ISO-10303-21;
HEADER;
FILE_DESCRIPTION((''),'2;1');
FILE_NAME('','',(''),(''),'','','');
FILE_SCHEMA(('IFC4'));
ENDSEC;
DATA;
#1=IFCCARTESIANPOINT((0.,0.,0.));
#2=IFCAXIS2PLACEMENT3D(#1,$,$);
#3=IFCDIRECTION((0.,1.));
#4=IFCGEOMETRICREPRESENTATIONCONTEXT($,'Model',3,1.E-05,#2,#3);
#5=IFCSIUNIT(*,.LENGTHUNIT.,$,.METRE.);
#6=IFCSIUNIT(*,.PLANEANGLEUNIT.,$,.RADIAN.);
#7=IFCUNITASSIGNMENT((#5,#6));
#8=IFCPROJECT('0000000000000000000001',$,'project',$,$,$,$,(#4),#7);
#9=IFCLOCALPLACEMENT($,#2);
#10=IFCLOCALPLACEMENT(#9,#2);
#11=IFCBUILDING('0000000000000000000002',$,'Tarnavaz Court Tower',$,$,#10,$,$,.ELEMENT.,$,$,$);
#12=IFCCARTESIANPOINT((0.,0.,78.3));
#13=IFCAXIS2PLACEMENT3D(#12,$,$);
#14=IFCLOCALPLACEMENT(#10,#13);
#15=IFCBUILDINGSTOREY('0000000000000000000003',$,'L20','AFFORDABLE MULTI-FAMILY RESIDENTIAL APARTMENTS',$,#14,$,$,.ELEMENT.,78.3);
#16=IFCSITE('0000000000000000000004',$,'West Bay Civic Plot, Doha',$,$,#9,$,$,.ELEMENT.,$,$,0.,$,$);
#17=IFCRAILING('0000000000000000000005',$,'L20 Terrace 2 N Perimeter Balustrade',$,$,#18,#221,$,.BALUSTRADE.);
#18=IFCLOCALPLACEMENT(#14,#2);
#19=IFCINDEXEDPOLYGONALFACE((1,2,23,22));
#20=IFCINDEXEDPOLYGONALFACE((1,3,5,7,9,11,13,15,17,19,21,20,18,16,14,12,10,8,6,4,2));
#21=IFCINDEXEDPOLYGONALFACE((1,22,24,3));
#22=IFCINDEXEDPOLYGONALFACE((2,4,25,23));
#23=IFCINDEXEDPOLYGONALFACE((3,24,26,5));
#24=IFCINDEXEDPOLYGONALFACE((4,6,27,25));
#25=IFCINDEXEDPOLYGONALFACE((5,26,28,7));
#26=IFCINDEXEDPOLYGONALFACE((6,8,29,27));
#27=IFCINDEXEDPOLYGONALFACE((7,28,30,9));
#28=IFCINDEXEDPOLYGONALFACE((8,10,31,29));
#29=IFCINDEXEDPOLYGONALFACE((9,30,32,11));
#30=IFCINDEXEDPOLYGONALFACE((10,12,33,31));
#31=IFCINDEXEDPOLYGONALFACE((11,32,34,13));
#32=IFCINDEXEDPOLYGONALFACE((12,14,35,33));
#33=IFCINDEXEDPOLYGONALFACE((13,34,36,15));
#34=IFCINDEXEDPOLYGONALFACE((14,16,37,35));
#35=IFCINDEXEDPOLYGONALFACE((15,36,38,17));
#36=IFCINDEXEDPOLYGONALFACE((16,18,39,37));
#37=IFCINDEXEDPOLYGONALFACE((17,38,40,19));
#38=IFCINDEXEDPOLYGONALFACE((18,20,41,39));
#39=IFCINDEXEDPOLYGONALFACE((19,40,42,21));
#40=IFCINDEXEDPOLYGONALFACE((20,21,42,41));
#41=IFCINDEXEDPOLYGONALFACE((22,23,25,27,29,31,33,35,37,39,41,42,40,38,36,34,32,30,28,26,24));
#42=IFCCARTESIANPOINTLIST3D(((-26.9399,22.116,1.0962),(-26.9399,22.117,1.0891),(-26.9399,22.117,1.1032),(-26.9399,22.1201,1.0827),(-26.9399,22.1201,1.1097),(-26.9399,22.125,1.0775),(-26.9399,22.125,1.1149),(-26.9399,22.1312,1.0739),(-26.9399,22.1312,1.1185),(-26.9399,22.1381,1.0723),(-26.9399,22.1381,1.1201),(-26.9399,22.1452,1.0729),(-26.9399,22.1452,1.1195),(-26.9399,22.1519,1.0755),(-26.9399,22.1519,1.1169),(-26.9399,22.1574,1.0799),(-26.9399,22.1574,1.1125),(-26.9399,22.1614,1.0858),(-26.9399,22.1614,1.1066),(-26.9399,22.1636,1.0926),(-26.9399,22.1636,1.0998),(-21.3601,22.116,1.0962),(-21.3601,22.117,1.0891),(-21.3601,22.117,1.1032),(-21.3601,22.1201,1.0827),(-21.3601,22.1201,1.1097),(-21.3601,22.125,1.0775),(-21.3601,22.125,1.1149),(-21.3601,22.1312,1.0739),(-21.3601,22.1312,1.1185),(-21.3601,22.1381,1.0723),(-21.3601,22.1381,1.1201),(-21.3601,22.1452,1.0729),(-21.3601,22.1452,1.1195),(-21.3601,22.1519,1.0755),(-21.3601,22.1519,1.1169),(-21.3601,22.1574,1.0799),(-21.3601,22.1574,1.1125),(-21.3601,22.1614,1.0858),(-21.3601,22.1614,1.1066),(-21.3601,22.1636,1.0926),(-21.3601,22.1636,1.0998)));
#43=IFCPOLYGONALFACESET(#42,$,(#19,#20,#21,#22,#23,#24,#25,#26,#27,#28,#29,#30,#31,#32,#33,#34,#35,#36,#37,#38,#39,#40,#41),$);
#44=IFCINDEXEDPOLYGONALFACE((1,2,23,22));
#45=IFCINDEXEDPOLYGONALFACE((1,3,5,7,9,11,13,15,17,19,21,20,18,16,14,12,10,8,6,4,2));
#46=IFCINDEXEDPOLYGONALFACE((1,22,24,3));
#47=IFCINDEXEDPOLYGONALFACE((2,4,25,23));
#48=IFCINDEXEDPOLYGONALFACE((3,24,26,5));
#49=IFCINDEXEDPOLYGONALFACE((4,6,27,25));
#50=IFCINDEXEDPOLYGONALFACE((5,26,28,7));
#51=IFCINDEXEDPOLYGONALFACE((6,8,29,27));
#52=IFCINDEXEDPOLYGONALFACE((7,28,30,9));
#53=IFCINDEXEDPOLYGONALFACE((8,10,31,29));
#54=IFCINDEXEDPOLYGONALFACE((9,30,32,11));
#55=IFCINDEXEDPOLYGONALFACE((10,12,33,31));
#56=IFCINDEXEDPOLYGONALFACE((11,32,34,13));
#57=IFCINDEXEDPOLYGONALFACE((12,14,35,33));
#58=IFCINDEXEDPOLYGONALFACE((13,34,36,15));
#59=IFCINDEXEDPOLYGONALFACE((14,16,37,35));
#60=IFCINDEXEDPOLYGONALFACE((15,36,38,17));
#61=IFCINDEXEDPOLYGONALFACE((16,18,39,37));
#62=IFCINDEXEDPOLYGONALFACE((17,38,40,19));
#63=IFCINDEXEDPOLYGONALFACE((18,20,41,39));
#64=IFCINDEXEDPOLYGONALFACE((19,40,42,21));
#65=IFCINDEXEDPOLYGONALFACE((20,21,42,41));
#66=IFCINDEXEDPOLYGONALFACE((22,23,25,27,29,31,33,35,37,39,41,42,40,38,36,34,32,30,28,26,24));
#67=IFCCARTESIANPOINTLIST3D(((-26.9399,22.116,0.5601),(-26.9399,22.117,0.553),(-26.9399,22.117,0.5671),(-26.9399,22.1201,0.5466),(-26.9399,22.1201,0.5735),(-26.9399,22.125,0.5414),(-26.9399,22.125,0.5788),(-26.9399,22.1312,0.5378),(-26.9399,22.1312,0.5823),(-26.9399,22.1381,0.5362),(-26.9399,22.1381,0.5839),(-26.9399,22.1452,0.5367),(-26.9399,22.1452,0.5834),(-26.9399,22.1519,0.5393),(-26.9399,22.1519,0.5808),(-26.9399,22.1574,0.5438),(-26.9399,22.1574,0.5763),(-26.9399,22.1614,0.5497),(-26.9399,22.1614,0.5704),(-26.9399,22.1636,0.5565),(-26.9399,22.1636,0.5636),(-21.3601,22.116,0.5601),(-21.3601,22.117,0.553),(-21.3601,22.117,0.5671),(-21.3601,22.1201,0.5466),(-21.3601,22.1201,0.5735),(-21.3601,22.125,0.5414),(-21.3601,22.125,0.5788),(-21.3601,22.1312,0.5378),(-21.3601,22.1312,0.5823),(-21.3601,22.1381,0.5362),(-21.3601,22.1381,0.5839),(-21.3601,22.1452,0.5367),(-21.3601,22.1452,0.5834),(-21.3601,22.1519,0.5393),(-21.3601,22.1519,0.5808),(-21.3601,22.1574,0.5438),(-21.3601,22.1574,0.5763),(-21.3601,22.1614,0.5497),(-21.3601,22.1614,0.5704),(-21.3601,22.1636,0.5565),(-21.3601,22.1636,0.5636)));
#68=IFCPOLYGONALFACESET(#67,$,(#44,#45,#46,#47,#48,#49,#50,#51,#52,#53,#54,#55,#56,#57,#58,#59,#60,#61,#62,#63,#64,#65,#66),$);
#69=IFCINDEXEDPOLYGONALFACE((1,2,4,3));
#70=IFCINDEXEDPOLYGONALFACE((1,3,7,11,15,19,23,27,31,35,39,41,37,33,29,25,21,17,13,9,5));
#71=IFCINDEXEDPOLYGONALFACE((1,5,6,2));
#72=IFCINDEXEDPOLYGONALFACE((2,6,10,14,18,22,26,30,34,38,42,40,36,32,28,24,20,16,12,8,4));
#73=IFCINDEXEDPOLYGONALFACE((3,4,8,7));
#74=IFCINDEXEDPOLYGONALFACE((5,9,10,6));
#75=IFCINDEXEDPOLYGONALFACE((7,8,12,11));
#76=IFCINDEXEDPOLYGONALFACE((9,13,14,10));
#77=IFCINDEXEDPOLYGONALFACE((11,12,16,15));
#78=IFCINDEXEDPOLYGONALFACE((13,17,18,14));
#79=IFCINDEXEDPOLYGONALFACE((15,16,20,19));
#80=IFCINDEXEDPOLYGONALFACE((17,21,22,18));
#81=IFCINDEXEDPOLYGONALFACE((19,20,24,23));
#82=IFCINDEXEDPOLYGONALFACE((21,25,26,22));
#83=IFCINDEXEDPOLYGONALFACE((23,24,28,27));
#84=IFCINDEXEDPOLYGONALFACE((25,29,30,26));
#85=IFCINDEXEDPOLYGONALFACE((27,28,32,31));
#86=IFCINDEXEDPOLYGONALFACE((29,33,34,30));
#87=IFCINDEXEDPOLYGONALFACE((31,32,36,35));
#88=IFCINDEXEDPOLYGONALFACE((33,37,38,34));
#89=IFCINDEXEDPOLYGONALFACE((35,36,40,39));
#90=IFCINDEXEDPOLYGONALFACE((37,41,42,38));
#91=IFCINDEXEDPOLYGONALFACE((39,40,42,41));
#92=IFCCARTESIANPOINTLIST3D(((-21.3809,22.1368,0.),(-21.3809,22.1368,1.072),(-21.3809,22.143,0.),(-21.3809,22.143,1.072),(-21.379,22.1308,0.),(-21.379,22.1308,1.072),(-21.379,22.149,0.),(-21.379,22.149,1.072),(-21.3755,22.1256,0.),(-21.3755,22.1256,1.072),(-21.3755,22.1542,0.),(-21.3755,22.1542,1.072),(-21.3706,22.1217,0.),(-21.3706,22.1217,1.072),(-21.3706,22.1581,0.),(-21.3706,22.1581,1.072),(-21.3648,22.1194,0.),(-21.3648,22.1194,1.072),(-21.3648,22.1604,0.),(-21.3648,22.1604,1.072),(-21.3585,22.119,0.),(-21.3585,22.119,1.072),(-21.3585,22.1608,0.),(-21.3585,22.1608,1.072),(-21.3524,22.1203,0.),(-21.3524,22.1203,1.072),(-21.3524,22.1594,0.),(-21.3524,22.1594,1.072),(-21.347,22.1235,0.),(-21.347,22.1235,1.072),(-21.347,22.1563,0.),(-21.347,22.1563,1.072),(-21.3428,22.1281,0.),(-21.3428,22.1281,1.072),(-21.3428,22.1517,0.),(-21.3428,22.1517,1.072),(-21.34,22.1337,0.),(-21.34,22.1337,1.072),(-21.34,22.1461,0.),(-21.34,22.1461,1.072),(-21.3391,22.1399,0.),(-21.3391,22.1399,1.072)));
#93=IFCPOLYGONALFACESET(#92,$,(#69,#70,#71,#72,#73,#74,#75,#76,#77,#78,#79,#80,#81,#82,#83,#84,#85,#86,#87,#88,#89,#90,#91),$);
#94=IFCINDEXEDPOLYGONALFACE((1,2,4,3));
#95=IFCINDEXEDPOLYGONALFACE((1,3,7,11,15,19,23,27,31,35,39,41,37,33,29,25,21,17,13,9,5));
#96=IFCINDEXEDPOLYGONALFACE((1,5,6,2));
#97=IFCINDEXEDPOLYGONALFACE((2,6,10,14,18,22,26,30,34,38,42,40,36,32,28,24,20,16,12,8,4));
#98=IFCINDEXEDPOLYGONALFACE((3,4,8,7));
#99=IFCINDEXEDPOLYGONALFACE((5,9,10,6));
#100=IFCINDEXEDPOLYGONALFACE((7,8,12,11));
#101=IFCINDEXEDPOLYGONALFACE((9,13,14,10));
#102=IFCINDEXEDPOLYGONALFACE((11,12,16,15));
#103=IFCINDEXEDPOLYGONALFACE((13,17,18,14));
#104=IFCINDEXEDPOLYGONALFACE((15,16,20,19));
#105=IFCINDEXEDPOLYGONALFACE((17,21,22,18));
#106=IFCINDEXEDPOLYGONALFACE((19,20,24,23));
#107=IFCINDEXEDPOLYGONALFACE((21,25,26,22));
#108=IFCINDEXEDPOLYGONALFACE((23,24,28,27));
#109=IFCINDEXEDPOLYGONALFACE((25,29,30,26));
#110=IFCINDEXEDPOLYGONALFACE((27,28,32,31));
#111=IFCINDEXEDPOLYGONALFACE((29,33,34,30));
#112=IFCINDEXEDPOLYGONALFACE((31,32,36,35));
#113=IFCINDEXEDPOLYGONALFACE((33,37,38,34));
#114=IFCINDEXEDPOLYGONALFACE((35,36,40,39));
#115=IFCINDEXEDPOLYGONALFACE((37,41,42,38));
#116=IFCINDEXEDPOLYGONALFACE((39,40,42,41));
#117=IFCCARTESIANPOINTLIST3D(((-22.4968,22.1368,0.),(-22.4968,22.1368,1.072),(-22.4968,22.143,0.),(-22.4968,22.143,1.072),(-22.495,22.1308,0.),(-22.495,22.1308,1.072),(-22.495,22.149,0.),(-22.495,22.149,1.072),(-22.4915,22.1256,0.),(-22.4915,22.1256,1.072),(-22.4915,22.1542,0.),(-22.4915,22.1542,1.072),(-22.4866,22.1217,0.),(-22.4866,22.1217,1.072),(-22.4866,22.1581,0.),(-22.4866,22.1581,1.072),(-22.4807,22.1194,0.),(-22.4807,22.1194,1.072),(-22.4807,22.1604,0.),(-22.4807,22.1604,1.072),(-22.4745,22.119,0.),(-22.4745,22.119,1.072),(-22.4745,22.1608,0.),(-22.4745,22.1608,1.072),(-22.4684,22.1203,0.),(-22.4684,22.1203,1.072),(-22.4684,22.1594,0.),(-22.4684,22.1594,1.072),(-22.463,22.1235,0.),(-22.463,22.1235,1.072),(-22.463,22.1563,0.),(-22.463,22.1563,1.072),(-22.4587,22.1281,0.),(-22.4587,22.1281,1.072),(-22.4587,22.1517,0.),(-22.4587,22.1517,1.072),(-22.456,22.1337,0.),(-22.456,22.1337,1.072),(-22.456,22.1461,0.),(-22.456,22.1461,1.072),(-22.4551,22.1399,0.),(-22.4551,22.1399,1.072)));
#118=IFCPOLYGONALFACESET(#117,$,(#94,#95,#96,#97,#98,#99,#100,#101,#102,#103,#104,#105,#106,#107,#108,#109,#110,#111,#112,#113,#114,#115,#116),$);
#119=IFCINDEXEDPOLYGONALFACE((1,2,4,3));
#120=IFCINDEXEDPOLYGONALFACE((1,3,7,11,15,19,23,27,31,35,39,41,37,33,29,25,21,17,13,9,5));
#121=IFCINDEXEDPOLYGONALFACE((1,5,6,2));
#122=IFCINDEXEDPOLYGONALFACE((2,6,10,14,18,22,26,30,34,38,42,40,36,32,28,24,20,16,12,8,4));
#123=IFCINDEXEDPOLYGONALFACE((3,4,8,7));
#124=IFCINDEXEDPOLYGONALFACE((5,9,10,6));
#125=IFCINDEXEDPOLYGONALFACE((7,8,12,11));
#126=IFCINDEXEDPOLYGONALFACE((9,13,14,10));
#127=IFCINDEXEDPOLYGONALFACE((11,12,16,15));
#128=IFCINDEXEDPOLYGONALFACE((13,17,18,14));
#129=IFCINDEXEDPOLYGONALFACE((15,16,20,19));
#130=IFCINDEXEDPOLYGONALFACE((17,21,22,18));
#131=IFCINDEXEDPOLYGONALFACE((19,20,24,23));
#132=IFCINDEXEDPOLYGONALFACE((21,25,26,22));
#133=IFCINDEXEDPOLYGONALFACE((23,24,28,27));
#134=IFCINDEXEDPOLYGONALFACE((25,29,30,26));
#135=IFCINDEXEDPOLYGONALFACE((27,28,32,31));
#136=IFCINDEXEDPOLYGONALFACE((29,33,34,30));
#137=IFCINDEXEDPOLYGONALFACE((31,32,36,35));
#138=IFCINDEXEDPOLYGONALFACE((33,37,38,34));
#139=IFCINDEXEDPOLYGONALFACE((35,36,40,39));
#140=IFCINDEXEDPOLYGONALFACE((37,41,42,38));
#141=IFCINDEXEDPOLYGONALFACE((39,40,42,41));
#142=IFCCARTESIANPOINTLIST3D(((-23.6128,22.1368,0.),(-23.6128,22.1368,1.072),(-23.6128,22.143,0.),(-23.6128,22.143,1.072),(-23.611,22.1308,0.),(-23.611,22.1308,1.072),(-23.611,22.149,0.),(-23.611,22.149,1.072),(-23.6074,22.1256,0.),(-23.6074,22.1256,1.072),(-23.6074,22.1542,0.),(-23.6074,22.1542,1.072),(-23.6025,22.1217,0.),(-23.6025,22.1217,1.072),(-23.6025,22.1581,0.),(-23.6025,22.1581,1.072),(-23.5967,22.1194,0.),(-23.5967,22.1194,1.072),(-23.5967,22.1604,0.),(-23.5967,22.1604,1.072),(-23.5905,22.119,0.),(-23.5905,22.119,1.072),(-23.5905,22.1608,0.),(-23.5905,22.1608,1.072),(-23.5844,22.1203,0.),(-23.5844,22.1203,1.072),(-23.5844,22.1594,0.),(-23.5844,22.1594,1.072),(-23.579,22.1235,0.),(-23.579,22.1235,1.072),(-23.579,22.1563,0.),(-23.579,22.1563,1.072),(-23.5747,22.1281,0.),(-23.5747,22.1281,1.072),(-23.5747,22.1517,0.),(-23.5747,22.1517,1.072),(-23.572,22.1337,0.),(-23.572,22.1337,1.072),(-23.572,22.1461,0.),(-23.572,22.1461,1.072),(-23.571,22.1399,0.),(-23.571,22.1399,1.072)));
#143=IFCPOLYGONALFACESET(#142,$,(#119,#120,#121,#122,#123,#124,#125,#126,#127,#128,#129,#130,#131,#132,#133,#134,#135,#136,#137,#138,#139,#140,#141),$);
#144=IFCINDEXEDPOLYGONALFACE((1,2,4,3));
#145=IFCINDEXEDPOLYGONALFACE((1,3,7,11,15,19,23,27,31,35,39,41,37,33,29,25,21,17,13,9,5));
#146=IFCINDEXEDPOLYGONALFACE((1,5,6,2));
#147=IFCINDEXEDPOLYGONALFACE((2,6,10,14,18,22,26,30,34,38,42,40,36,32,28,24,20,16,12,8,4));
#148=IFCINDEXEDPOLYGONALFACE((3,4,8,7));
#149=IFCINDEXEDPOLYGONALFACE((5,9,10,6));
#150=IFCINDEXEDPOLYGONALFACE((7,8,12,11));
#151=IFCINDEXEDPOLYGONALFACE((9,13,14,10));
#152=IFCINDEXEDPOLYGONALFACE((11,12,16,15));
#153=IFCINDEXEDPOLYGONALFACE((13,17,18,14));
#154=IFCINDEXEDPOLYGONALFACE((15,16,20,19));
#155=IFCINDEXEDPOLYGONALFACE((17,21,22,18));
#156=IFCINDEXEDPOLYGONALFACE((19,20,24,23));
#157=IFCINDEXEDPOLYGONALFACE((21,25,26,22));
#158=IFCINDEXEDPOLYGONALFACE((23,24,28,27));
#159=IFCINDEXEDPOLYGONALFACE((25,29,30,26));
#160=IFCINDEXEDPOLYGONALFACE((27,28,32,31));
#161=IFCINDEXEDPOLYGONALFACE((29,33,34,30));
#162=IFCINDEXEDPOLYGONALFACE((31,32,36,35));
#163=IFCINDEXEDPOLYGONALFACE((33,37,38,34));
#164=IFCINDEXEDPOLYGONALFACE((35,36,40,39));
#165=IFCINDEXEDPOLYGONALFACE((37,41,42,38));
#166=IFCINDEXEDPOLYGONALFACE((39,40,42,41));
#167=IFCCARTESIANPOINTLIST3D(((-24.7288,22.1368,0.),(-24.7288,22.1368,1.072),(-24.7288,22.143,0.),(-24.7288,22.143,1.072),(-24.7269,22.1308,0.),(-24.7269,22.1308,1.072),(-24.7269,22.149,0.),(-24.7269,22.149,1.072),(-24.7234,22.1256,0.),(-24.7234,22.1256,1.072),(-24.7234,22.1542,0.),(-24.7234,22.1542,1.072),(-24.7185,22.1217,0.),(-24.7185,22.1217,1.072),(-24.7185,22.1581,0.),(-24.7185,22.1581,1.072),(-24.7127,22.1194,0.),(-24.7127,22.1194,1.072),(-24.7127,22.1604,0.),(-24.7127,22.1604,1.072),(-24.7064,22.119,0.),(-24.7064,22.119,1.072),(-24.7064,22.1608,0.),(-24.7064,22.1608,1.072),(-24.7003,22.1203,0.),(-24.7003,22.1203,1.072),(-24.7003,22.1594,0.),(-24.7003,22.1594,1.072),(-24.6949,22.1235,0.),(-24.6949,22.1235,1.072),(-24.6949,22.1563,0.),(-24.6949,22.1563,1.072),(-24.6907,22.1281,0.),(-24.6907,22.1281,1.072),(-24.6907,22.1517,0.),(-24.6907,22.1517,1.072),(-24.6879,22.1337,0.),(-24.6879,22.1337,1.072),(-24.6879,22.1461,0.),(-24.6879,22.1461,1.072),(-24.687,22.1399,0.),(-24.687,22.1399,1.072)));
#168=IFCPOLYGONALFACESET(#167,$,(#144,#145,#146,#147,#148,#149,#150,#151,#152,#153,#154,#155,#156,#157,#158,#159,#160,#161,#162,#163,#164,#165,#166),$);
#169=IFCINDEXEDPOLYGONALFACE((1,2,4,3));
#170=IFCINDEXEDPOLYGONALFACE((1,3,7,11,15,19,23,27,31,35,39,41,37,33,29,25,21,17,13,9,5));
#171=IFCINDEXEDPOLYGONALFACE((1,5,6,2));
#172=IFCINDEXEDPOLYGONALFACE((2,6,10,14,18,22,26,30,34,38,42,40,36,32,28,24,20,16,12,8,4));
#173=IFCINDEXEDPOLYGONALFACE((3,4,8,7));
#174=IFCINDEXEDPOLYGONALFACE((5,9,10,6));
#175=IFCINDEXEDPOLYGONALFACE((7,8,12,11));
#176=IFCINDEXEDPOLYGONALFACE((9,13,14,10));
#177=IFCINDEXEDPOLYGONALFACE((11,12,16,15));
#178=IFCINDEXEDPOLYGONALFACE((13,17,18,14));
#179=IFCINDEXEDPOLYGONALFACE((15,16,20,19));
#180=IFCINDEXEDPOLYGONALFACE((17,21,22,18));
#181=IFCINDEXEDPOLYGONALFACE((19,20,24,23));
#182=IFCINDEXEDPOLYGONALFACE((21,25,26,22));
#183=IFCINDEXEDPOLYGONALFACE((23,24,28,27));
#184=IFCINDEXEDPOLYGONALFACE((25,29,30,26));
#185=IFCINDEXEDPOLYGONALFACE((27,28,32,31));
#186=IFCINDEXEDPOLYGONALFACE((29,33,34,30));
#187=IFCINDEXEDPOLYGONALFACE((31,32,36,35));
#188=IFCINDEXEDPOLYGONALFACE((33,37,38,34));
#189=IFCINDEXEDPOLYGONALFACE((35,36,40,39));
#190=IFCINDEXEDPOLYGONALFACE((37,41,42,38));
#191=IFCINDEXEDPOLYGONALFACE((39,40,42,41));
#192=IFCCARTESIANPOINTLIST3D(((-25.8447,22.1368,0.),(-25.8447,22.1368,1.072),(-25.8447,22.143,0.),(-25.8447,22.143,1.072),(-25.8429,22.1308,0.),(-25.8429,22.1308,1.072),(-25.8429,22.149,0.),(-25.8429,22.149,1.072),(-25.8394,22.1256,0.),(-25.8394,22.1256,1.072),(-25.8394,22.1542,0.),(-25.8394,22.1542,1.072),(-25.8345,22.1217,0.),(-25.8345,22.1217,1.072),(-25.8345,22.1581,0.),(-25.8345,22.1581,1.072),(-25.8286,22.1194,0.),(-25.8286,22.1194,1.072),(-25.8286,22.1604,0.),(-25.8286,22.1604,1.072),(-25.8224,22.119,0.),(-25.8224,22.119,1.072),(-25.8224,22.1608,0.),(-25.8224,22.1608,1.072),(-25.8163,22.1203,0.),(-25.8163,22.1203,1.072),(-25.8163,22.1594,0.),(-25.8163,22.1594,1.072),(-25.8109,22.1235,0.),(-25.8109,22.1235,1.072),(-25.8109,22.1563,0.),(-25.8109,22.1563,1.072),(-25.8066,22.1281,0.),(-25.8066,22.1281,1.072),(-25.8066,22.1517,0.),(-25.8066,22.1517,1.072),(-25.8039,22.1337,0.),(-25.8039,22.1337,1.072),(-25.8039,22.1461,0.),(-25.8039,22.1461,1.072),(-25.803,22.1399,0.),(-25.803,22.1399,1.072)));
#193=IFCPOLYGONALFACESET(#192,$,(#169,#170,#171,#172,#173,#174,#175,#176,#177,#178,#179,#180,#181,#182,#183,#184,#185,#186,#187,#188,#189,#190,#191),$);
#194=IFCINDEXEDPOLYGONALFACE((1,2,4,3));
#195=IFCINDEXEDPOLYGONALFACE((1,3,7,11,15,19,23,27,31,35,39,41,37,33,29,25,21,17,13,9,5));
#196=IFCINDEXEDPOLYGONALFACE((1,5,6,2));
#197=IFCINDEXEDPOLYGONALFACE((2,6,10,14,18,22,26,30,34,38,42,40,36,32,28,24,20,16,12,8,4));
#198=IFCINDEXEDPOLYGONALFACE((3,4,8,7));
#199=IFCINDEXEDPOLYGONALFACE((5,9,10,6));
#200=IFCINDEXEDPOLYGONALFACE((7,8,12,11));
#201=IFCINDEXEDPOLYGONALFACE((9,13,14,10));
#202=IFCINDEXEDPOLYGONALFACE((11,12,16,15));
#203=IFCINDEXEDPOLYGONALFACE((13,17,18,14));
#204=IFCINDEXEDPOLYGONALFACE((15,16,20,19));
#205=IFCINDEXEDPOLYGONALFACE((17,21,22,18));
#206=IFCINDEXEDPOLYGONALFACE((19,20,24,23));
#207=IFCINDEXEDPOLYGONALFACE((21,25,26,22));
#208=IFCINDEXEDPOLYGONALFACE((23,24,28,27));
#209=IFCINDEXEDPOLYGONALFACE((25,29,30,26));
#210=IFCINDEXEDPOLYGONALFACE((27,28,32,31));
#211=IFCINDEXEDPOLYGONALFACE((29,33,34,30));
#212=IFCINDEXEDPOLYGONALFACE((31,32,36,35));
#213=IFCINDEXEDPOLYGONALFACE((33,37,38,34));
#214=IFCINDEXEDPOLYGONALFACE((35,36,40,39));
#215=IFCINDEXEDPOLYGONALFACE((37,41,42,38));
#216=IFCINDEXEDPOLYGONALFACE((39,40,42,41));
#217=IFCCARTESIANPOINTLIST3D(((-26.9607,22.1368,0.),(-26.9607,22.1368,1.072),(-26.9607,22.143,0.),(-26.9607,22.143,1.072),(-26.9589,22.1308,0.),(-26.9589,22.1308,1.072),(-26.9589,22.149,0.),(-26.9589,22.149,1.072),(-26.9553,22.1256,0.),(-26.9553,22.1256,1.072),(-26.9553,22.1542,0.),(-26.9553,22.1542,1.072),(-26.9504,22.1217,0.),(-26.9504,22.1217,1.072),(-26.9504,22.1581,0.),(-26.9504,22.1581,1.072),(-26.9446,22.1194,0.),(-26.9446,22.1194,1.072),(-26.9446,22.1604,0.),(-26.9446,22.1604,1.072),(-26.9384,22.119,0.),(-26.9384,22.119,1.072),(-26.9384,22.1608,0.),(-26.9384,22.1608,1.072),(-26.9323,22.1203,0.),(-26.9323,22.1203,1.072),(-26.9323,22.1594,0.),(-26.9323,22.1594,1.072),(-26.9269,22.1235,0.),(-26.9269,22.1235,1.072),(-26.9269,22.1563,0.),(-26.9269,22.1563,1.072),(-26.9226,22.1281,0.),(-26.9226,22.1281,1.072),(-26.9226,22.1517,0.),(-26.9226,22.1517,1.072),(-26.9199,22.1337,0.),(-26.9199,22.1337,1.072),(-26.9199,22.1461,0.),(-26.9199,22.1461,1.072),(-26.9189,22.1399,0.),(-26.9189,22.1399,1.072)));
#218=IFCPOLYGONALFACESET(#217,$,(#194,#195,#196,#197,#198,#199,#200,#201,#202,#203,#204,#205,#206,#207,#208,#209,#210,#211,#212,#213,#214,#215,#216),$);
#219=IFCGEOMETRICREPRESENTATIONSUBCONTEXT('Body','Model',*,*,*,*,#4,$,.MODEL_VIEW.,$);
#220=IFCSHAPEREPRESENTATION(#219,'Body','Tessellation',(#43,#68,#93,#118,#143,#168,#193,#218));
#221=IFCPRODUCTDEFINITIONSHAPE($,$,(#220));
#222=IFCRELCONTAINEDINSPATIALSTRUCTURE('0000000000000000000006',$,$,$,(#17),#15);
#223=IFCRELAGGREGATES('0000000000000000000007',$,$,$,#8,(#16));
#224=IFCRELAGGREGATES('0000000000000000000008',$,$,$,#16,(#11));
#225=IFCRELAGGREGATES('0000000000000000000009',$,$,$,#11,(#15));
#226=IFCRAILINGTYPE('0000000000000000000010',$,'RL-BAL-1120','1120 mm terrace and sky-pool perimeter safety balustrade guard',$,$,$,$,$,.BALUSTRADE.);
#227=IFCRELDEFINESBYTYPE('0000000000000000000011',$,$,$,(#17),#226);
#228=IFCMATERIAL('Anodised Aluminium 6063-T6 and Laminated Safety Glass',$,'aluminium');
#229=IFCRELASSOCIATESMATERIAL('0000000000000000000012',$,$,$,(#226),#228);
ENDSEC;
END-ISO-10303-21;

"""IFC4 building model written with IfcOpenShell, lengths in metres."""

from ifc_helpers import new_model, si_unit, direction, frame, origin, origin_2d, place, context, subcontext, project, spatial, circle, extrude, material, type_object, element, save


model = new_model("IFC4")

# Units and contexts
model_context = context("Model", 3, precision=1e-05, world=origin(), true_north=direction((0.0, 1.0)))
body_context = subcontext(model_context, "Body", "Model", "MODEL_VIEW")
ifc_project = project(units=[si_unit("LENGTHUNIT", "METRE"), si_unit("PLANEANGLEUNIT", "RADIAN")], contexts=[model_context])

# Site, building, storey
site_placement = place(None, origin())
site = spatial("IfcSite", under=ifc_project, at=site_placement, Name="West Bay Civic Plot, Doha", CompositionType="ELEMENT", RefElevation=0.0)
building_placement = place(site_placement, origin())
building = spatial("IfcBuilding", under=site, at=building_placement, Name="Tarnavaz Court Tower", CompositionType="ELEMENT")
storey_placement = place(building_placement, frame((0.0, 0.0, 78.3)))
storey = spatial("IfcBuildingStorey", under=building, at=storey_placement, Name="L20", Description="AFFORDABLE MULTI-FAMILY RESIDENTIAL APARTMENTS", CompositionType="ELEMENT", Elevation=78.3)

# Railing
ifc_material_1 = material(Name="Anodised Aluminium 6063-T6 and Laminated Safety Glass", Category="aluminium")
railing_type = type_object("IfcRailingType", Name="RL-BAL-1120", Description="1120 mm terrace and sky-pool perimeter safety balustrade guard", PredefinedType="BALUSTRADE", material=ifc_material_1)
railing_1_placement = place(storey_placement, frame((-21.3601, 22.1399, 0.0)))
element("IfcRailing", 1, at=railing_1_placement, inside=storey, type_object=railing_type, Name="L20 Terrace 2 N Perimeter Balustrade", PredefinedType="BALUSTRADE", context=body_context, shape_type="SweptSolid", body=[
    extrude(circle(Radius=0.0239, at=origin_2d()), frame((0.0, 0.0, 1.0962), z_axis=(-1.0, 0.0, 0.0), x_axis=(0.0, -1.0, 0.0)), (0.0, 0.0, 1.0), 5.5798),
    extrude(circle(Radius=0.0239, at=origin_2d()), frame((0.0, 0.0, 0.5601), z_axis=(-1.0, 0.0, 0.0), x_axis=(0.0, -1.0, 0.0)), (0.0, 0.0, 1.0), 5.5798),
    extrude(circle(Radius=0.021, at=origin_2d()), origin(), (0.0, 0.0, 1.0), 1.072),
    extrude(circle(Radius=0.021, at=origin_2d()), frame((-1.116, 0.0, 0.0)), (0.0, 0.0, 1.0), 1.072),
    extrude(circle(Radius=0.021, at=origin_2d()), frame((-2.2319, 0.0, 0.0)), (0.0, 0.0, 1.0), 1.072),
    extrude(circle(Radius=0.021, at=origin_2d()), frame((-3.3479, 0.0, 0.0)), (0.0, 0.0, 1.0), 1.072),
    extrude(circle(Radius=0.021, at=origin_2d()), frame((-4.4639, 0.0, 0.0)), (0.0, 0.0, 1.0), 1.072),
    extrude(circle(Radius=0.021, at=origin_2d()), frame((-5.5798, 0.0, 0.0)), (0.0, 0.0, 1.0), 1.072),
])

save(model, "model.ifc")
